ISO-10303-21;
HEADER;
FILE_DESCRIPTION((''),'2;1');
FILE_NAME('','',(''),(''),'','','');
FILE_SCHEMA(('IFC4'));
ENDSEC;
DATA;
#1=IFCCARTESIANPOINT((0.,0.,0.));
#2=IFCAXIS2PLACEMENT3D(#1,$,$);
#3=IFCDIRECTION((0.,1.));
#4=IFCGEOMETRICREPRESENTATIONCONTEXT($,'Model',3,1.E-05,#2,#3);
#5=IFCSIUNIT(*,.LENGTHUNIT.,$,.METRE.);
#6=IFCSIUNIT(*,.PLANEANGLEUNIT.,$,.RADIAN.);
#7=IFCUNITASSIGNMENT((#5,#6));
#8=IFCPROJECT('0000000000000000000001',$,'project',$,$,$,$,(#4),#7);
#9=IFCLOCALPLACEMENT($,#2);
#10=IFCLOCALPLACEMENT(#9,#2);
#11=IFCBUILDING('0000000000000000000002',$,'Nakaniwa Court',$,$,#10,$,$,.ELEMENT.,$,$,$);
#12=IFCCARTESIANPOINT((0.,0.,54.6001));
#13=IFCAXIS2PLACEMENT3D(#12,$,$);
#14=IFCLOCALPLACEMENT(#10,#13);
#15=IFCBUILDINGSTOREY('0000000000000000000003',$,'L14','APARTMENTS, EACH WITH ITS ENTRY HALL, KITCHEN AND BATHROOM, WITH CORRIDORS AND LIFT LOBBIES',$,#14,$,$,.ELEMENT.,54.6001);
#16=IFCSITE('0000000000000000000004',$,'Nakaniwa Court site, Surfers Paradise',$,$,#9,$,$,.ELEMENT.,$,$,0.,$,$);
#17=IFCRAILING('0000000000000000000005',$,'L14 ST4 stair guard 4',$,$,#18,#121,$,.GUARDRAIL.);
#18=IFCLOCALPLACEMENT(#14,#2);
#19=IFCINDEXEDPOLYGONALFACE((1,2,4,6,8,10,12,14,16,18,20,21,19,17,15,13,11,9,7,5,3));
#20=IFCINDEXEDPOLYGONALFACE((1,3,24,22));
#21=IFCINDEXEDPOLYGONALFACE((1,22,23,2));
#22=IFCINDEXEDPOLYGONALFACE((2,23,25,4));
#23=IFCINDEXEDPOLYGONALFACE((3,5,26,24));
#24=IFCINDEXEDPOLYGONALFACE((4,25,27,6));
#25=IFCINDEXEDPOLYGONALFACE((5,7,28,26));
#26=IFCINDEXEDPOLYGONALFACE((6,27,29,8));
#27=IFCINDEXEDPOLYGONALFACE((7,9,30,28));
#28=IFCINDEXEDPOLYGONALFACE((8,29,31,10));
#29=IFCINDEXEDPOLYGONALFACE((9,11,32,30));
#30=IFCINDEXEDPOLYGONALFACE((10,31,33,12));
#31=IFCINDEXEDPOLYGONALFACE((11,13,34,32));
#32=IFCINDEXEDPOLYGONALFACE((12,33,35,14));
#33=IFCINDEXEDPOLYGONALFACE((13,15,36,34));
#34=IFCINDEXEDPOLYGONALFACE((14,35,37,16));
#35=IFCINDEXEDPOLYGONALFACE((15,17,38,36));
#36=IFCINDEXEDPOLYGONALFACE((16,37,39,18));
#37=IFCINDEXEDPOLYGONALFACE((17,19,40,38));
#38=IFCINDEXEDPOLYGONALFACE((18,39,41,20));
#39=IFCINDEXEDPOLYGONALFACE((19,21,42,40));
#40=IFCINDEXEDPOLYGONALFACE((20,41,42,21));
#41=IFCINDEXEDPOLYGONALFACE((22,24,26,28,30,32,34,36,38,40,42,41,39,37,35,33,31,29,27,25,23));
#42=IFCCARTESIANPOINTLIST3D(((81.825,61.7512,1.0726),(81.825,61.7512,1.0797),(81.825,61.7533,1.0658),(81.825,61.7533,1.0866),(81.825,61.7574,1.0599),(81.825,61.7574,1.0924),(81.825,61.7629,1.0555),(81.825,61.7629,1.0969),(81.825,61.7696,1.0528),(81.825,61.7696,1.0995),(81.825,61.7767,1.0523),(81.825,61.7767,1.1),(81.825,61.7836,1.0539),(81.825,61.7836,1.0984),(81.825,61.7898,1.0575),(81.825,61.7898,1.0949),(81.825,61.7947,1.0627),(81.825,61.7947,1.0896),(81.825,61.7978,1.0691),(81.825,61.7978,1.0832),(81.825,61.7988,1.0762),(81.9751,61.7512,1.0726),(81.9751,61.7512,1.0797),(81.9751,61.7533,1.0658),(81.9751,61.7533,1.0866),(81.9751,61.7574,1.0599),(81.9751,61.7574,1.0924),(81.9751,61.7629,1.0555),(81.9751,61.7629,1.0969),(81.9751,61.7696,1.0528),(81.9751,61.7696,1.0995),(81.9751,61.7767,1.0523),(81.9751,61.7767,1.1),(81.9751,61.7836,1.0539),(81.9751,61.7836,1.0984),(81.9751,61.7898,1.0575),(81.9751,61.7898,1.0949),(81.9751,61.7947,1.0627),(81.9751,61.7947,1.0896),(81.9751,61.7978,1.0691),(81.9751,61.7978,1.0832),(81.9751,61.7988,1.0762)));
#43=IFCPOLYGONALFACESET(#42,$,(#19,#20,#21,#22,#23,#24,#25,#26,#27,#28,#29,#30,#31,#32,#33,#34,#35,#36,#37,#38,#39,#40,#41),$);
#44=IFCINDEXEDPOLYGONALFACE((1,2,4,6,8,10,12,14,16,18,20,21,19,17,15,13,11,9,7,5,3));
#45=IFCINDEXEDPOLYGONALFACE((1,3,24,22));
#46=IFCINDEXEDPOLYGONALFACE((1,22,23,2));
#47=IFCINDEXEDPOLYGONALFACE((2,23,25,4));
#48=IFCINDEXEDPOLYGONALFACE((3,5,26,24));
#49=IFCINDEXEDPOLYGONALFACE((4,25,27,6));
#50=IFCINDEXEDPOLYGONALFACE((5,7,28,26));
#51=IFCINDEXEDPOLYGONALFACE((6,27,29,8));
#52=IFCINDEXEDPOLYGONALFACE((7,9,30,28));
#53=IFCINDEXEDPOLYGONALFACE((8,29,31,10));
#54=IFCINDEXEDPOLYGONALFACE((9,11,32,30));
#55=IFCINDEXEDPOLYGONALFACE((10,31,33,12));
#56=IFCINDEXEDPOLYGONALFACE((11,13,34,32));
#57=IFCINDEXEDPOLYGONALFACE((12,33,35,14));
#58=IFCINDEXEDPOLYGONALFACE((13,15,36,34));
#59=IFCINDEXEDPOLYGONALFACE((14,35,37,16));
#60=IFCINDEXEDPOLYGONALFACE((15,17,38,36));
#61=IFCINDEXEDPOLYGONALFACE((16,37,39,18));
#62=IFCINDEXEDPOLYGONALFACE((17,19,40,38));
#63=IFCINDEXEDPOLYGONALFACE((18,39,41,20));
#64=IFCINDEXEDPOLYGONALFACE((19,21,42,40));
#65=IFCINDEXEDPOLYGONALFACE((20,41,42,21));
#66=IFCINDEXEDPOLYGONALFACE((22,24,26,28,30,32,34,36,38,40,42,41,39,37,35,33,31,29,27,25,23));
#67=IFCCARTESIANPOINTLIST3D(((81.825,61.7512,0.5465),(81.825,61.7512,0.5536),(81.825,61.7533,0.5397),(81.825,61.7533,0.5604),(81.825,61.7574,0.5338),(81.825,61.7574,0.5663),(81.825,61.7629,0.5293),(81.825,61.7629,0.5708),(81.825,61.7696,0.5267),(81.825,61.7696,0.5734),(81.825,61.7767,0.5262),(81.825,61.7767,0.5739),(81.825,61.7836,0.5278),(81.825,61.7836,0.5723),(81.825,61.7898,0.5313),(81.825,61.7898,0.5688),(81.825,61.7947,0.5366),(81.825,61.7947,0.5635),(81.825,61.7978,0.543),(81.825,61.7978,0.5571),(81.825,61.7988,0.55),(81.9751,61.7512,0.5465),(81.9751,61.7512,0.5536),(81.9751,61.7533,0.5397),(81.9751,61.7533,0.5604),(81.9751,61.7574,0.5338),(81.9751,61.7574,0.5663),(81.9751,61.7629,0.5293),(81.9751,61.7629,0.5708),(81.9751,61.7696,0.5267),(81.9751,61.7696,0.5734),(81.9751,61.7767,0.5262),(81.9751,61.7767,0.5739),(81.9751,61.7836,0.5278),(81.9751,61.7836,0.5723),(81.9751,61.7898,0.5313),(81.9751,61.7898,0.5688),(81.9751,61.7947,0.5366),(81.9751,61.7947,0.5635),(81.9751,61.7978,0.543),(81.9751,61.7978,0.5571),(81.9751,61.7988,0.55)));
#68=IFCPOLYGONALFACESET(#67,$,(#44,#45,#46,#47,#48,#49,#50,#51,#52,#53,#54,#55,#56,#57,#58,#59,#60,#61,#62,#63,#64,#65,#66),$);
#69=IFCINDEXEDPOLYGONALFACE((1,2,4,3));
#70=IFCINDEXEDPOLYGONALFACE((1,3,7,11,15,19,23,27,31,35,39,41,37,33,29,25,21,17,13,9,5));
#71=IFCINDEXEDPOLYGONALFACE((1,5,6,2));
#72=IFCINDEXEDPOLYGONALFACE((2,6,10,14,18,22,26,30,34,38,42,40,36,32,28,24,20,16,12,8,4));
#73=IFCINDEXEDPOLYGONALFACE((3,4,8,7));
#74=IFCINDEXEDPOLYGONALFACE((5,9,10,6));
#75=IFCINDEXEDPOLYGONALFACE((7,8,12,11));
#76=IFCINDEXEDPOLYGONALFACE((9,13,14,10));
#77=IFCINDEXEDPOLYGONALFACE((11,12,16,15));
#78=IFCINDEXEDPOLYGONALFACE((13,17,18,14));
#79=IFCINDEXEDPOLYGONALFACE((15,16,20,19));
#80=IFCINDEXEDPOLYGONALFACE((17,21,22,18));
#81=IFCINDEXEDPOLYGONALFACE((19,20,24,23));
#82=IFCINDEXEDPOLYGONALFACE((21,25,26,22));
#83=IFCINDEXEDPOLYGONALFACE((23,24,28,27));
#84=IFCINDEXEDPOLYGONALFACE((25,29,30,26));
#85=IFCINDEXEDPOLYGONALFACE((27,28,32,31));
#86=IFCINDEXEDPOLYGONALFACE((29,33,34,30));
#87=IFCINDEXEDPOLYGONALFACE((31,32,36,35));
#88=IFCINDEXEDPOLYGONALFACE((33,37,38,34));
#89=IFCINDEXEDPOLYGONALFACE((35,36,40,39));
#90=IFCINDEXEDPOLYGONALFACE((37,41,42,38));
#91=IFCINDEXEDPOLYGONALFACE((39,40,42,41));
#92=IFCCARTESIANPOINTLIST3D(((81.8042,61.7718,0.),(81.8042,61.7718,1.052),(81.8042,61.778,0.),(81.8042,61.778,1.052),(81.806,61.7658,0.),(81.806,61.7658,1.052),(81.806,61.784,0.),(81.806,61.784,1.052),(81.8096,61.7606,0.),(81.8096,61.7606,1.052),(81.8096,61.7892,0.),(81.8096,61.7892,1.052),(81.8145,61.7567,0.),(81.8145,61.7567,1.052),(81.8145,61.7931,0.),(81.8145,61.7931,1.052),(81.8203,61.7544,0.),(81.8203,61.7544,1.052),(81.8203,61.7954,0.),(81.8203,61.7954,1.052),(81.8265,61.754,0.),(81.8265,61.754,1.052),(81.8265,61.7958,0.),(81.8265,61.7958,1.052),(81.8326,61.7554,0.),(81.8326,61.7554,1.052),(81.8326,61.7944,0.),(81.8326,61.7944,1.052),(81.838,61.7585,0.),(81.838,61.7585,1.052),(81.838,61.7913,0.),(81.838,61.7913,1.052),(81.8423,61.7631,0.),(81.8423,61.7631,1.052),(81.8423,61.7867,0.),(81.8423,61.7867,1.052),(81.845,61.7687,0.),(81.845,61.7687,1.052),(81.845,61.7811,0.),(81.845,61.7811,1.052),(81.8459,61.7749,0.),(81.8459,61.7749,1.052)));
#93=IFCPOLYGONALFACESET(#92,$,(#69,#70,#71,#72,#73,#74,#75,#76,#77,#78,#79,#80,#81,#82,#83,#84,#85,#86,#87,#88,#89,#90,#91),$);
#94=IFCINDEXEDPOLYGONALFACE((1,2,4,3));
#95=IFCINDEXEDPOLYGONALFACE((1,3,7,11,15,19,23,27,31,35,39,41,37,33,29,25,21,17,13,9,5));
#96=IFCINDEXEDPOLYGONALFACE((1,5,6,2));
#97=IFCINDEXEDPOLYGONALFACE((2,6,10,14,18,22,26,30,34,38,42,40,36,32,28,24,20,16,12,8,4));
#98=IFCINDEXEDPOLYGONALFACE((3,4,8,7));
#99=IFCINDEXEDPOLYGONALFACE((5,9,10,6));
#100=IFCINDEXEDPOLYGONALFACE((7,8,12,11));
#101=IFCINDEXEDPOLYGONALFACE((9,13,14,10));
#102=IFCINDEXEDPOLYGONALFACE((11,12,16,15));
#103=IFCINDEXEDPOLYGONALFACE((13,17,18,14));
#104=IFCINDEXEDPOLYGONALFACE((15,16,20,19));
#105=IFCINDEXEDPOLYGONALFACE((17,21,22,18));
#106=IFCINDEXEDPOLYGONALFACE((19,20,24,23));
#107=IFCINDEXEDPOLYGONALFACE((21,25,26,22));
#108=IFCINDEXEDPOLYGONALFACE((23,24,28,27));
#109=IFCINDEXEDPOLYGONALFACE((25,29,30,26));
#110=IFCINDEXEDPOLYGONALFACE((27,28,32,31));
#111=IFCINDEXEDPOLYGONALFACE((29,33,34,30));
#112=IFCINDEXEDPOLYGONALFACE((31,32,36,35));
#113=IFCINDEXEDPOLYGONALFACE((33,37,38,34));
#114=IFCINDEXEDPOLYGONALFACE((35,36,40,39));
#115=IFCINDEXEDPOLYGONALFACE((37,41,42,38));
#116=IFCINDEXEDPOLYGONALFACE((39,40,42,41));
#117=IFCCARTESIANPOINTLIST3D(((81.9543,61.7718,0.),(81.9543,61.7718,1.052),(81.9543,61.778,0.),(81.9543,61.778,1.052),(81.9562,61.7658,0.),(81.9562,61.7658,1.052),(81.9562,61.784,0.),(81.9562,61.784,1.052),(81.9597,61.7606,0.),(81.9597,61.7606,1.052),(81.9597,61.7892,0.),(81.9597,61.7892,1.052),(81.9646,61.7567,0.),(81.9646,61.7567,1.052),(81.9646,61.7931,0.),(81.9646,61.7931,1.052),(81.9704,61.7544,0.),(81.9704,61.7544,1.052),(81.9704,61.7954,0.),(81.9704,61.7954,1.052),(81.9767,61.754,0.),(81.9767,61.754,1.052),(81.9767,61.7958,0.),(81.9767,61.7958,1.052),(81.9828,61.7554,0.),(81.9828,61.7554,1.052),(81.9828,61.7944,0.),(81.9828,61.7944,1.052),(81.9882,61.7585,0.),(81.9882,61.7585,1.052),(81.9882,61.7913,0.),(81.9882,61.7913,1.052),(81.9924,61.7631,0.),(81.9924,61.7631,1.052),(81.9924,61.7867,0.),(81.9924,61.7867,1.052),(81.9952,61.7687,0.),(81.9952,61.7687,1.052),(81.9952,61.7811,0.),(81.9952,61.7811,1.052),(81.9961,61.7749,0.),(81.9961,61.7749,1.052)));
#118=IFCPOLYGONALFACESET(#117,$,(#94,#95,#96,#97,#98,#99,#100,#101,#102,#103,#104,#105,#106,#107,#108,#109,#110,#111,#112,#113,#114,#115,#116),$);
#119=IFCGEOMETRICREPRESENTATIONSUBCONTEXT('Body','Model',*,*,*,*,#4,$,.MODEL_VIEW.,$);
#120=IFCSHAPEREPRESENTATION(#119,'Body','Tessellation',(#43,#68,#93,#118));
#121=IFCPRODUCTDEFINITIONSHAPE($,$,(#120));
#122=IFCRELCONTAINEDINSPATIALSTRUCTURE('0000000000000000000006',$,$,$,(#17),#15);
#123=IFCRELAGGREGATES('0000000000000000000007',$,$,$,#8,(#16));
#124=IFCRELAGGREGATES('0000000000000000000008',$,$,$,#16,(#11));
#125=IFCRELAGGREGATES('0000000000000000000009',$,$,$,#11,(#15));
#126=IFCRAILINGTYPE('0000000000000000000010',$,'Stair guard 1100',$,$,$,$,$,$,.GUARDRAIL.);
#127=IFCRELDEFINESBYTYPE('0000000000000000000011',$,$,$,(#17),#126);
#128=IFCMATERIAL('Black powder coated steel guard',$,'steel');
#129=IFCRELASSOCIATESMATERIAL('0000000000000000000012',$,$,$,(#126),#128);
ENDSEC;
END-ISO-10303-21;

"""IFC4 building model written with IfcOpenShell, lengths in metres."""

from ifc_helpers import new_model, si_unit, direction, frame, origin, origin_2d, place, context, subcontext, project, spatial, circle, extrude, material, type_object, element, save


model = new_model("IFC4")

# Units and contexts
model_context = context("Model", 3, precision=1e-05, world=origin(), true_north=direction((0.0, 1.0)))
body_context = subcontext(model_context, "Body", "Model", "MODEL_VIEW")
ifc_project = project(units=[si_unit("LENGTHUNIT", "METRE"), si_unit("PLANEANGLEUNIT", "RADIAN")], contexts=[model_context])

# Site, building, storey
site_placement = place(None, origin())
site = spatial("IfcSite", under=ifc_project, at=site_placement, Name="Nakaniwa Court site, Surfers Paradise", CompositionType="ELEMENT", RefElevation=0.0)
building_placement = place(site_placement, origin())
building = spatial("IfcBuilding", under=site, at=building_placement, Name="Nakaniwa Court", CompositionType="ELEMENT")
storey_placement = place(building_placement, frame((0.0, 0.0, 54.6001)))
storey = spatial("IfcBuildingStorey", under=building, at=storey_placement, Name="L14", Description="APARTMENTS, EACH WITH ITS ENTRY HALL, KITCHEN AND BATHROOM, WITH CORRIDORS AND LIFT LOBBIES", CompositionType="ELEMENT", Elevation=54.6001)

# Railing
ifc_material_1 = material(Name="Black powder coated steel guard", Category="steel")
railing_type_1 = type_object("IfcRailingType", Name="Stair guard 1100", PredefinedType="GUARDRAIL", material=ifc_material_1)
railing_1_placement = place(storey_placement, frame((81.825, 61.7749, 0.0)))
element("IfcRailing", 1, at=railing_1_placement, inside=storey, type_object=railing_type_1, Name="L14 ST4 stair guard 4", PredefinedType="GUARDRAIL", context=body_context, shape_type="SweptSolid", body=[
    extrude(circle(Radius=0.0239, at=origin_2d()), frame((0.0, 0.0, 1.0762), z_axis=(1.0, 0.0, 0.0), x_axis=(0.0, 1.0, 0.0)), (0.0, 0.0, 1.0), 0.1501),
    extrude(circle(Radius=0.0239, at=origin_2d()), frame((0.0, 0.0, 0.55), z_axis=(1.0, 0.0, 0.0), x_axis=(0.0, 1.0, 0.0)), (0.0, 0.0, 1.0), 0.1501),
    extrude(circle(Radius=0.021, at=origin_2d()), origin(), (0.0, 0.0, 1.0), 1.052),
    extrude(circle(Radius=0.021, at=origin_2d()), frame((0.1501, 0.0, 0.0)), (0.0, 0.0, 1.0), 1.052),
])

save(model, "model.ifc")
